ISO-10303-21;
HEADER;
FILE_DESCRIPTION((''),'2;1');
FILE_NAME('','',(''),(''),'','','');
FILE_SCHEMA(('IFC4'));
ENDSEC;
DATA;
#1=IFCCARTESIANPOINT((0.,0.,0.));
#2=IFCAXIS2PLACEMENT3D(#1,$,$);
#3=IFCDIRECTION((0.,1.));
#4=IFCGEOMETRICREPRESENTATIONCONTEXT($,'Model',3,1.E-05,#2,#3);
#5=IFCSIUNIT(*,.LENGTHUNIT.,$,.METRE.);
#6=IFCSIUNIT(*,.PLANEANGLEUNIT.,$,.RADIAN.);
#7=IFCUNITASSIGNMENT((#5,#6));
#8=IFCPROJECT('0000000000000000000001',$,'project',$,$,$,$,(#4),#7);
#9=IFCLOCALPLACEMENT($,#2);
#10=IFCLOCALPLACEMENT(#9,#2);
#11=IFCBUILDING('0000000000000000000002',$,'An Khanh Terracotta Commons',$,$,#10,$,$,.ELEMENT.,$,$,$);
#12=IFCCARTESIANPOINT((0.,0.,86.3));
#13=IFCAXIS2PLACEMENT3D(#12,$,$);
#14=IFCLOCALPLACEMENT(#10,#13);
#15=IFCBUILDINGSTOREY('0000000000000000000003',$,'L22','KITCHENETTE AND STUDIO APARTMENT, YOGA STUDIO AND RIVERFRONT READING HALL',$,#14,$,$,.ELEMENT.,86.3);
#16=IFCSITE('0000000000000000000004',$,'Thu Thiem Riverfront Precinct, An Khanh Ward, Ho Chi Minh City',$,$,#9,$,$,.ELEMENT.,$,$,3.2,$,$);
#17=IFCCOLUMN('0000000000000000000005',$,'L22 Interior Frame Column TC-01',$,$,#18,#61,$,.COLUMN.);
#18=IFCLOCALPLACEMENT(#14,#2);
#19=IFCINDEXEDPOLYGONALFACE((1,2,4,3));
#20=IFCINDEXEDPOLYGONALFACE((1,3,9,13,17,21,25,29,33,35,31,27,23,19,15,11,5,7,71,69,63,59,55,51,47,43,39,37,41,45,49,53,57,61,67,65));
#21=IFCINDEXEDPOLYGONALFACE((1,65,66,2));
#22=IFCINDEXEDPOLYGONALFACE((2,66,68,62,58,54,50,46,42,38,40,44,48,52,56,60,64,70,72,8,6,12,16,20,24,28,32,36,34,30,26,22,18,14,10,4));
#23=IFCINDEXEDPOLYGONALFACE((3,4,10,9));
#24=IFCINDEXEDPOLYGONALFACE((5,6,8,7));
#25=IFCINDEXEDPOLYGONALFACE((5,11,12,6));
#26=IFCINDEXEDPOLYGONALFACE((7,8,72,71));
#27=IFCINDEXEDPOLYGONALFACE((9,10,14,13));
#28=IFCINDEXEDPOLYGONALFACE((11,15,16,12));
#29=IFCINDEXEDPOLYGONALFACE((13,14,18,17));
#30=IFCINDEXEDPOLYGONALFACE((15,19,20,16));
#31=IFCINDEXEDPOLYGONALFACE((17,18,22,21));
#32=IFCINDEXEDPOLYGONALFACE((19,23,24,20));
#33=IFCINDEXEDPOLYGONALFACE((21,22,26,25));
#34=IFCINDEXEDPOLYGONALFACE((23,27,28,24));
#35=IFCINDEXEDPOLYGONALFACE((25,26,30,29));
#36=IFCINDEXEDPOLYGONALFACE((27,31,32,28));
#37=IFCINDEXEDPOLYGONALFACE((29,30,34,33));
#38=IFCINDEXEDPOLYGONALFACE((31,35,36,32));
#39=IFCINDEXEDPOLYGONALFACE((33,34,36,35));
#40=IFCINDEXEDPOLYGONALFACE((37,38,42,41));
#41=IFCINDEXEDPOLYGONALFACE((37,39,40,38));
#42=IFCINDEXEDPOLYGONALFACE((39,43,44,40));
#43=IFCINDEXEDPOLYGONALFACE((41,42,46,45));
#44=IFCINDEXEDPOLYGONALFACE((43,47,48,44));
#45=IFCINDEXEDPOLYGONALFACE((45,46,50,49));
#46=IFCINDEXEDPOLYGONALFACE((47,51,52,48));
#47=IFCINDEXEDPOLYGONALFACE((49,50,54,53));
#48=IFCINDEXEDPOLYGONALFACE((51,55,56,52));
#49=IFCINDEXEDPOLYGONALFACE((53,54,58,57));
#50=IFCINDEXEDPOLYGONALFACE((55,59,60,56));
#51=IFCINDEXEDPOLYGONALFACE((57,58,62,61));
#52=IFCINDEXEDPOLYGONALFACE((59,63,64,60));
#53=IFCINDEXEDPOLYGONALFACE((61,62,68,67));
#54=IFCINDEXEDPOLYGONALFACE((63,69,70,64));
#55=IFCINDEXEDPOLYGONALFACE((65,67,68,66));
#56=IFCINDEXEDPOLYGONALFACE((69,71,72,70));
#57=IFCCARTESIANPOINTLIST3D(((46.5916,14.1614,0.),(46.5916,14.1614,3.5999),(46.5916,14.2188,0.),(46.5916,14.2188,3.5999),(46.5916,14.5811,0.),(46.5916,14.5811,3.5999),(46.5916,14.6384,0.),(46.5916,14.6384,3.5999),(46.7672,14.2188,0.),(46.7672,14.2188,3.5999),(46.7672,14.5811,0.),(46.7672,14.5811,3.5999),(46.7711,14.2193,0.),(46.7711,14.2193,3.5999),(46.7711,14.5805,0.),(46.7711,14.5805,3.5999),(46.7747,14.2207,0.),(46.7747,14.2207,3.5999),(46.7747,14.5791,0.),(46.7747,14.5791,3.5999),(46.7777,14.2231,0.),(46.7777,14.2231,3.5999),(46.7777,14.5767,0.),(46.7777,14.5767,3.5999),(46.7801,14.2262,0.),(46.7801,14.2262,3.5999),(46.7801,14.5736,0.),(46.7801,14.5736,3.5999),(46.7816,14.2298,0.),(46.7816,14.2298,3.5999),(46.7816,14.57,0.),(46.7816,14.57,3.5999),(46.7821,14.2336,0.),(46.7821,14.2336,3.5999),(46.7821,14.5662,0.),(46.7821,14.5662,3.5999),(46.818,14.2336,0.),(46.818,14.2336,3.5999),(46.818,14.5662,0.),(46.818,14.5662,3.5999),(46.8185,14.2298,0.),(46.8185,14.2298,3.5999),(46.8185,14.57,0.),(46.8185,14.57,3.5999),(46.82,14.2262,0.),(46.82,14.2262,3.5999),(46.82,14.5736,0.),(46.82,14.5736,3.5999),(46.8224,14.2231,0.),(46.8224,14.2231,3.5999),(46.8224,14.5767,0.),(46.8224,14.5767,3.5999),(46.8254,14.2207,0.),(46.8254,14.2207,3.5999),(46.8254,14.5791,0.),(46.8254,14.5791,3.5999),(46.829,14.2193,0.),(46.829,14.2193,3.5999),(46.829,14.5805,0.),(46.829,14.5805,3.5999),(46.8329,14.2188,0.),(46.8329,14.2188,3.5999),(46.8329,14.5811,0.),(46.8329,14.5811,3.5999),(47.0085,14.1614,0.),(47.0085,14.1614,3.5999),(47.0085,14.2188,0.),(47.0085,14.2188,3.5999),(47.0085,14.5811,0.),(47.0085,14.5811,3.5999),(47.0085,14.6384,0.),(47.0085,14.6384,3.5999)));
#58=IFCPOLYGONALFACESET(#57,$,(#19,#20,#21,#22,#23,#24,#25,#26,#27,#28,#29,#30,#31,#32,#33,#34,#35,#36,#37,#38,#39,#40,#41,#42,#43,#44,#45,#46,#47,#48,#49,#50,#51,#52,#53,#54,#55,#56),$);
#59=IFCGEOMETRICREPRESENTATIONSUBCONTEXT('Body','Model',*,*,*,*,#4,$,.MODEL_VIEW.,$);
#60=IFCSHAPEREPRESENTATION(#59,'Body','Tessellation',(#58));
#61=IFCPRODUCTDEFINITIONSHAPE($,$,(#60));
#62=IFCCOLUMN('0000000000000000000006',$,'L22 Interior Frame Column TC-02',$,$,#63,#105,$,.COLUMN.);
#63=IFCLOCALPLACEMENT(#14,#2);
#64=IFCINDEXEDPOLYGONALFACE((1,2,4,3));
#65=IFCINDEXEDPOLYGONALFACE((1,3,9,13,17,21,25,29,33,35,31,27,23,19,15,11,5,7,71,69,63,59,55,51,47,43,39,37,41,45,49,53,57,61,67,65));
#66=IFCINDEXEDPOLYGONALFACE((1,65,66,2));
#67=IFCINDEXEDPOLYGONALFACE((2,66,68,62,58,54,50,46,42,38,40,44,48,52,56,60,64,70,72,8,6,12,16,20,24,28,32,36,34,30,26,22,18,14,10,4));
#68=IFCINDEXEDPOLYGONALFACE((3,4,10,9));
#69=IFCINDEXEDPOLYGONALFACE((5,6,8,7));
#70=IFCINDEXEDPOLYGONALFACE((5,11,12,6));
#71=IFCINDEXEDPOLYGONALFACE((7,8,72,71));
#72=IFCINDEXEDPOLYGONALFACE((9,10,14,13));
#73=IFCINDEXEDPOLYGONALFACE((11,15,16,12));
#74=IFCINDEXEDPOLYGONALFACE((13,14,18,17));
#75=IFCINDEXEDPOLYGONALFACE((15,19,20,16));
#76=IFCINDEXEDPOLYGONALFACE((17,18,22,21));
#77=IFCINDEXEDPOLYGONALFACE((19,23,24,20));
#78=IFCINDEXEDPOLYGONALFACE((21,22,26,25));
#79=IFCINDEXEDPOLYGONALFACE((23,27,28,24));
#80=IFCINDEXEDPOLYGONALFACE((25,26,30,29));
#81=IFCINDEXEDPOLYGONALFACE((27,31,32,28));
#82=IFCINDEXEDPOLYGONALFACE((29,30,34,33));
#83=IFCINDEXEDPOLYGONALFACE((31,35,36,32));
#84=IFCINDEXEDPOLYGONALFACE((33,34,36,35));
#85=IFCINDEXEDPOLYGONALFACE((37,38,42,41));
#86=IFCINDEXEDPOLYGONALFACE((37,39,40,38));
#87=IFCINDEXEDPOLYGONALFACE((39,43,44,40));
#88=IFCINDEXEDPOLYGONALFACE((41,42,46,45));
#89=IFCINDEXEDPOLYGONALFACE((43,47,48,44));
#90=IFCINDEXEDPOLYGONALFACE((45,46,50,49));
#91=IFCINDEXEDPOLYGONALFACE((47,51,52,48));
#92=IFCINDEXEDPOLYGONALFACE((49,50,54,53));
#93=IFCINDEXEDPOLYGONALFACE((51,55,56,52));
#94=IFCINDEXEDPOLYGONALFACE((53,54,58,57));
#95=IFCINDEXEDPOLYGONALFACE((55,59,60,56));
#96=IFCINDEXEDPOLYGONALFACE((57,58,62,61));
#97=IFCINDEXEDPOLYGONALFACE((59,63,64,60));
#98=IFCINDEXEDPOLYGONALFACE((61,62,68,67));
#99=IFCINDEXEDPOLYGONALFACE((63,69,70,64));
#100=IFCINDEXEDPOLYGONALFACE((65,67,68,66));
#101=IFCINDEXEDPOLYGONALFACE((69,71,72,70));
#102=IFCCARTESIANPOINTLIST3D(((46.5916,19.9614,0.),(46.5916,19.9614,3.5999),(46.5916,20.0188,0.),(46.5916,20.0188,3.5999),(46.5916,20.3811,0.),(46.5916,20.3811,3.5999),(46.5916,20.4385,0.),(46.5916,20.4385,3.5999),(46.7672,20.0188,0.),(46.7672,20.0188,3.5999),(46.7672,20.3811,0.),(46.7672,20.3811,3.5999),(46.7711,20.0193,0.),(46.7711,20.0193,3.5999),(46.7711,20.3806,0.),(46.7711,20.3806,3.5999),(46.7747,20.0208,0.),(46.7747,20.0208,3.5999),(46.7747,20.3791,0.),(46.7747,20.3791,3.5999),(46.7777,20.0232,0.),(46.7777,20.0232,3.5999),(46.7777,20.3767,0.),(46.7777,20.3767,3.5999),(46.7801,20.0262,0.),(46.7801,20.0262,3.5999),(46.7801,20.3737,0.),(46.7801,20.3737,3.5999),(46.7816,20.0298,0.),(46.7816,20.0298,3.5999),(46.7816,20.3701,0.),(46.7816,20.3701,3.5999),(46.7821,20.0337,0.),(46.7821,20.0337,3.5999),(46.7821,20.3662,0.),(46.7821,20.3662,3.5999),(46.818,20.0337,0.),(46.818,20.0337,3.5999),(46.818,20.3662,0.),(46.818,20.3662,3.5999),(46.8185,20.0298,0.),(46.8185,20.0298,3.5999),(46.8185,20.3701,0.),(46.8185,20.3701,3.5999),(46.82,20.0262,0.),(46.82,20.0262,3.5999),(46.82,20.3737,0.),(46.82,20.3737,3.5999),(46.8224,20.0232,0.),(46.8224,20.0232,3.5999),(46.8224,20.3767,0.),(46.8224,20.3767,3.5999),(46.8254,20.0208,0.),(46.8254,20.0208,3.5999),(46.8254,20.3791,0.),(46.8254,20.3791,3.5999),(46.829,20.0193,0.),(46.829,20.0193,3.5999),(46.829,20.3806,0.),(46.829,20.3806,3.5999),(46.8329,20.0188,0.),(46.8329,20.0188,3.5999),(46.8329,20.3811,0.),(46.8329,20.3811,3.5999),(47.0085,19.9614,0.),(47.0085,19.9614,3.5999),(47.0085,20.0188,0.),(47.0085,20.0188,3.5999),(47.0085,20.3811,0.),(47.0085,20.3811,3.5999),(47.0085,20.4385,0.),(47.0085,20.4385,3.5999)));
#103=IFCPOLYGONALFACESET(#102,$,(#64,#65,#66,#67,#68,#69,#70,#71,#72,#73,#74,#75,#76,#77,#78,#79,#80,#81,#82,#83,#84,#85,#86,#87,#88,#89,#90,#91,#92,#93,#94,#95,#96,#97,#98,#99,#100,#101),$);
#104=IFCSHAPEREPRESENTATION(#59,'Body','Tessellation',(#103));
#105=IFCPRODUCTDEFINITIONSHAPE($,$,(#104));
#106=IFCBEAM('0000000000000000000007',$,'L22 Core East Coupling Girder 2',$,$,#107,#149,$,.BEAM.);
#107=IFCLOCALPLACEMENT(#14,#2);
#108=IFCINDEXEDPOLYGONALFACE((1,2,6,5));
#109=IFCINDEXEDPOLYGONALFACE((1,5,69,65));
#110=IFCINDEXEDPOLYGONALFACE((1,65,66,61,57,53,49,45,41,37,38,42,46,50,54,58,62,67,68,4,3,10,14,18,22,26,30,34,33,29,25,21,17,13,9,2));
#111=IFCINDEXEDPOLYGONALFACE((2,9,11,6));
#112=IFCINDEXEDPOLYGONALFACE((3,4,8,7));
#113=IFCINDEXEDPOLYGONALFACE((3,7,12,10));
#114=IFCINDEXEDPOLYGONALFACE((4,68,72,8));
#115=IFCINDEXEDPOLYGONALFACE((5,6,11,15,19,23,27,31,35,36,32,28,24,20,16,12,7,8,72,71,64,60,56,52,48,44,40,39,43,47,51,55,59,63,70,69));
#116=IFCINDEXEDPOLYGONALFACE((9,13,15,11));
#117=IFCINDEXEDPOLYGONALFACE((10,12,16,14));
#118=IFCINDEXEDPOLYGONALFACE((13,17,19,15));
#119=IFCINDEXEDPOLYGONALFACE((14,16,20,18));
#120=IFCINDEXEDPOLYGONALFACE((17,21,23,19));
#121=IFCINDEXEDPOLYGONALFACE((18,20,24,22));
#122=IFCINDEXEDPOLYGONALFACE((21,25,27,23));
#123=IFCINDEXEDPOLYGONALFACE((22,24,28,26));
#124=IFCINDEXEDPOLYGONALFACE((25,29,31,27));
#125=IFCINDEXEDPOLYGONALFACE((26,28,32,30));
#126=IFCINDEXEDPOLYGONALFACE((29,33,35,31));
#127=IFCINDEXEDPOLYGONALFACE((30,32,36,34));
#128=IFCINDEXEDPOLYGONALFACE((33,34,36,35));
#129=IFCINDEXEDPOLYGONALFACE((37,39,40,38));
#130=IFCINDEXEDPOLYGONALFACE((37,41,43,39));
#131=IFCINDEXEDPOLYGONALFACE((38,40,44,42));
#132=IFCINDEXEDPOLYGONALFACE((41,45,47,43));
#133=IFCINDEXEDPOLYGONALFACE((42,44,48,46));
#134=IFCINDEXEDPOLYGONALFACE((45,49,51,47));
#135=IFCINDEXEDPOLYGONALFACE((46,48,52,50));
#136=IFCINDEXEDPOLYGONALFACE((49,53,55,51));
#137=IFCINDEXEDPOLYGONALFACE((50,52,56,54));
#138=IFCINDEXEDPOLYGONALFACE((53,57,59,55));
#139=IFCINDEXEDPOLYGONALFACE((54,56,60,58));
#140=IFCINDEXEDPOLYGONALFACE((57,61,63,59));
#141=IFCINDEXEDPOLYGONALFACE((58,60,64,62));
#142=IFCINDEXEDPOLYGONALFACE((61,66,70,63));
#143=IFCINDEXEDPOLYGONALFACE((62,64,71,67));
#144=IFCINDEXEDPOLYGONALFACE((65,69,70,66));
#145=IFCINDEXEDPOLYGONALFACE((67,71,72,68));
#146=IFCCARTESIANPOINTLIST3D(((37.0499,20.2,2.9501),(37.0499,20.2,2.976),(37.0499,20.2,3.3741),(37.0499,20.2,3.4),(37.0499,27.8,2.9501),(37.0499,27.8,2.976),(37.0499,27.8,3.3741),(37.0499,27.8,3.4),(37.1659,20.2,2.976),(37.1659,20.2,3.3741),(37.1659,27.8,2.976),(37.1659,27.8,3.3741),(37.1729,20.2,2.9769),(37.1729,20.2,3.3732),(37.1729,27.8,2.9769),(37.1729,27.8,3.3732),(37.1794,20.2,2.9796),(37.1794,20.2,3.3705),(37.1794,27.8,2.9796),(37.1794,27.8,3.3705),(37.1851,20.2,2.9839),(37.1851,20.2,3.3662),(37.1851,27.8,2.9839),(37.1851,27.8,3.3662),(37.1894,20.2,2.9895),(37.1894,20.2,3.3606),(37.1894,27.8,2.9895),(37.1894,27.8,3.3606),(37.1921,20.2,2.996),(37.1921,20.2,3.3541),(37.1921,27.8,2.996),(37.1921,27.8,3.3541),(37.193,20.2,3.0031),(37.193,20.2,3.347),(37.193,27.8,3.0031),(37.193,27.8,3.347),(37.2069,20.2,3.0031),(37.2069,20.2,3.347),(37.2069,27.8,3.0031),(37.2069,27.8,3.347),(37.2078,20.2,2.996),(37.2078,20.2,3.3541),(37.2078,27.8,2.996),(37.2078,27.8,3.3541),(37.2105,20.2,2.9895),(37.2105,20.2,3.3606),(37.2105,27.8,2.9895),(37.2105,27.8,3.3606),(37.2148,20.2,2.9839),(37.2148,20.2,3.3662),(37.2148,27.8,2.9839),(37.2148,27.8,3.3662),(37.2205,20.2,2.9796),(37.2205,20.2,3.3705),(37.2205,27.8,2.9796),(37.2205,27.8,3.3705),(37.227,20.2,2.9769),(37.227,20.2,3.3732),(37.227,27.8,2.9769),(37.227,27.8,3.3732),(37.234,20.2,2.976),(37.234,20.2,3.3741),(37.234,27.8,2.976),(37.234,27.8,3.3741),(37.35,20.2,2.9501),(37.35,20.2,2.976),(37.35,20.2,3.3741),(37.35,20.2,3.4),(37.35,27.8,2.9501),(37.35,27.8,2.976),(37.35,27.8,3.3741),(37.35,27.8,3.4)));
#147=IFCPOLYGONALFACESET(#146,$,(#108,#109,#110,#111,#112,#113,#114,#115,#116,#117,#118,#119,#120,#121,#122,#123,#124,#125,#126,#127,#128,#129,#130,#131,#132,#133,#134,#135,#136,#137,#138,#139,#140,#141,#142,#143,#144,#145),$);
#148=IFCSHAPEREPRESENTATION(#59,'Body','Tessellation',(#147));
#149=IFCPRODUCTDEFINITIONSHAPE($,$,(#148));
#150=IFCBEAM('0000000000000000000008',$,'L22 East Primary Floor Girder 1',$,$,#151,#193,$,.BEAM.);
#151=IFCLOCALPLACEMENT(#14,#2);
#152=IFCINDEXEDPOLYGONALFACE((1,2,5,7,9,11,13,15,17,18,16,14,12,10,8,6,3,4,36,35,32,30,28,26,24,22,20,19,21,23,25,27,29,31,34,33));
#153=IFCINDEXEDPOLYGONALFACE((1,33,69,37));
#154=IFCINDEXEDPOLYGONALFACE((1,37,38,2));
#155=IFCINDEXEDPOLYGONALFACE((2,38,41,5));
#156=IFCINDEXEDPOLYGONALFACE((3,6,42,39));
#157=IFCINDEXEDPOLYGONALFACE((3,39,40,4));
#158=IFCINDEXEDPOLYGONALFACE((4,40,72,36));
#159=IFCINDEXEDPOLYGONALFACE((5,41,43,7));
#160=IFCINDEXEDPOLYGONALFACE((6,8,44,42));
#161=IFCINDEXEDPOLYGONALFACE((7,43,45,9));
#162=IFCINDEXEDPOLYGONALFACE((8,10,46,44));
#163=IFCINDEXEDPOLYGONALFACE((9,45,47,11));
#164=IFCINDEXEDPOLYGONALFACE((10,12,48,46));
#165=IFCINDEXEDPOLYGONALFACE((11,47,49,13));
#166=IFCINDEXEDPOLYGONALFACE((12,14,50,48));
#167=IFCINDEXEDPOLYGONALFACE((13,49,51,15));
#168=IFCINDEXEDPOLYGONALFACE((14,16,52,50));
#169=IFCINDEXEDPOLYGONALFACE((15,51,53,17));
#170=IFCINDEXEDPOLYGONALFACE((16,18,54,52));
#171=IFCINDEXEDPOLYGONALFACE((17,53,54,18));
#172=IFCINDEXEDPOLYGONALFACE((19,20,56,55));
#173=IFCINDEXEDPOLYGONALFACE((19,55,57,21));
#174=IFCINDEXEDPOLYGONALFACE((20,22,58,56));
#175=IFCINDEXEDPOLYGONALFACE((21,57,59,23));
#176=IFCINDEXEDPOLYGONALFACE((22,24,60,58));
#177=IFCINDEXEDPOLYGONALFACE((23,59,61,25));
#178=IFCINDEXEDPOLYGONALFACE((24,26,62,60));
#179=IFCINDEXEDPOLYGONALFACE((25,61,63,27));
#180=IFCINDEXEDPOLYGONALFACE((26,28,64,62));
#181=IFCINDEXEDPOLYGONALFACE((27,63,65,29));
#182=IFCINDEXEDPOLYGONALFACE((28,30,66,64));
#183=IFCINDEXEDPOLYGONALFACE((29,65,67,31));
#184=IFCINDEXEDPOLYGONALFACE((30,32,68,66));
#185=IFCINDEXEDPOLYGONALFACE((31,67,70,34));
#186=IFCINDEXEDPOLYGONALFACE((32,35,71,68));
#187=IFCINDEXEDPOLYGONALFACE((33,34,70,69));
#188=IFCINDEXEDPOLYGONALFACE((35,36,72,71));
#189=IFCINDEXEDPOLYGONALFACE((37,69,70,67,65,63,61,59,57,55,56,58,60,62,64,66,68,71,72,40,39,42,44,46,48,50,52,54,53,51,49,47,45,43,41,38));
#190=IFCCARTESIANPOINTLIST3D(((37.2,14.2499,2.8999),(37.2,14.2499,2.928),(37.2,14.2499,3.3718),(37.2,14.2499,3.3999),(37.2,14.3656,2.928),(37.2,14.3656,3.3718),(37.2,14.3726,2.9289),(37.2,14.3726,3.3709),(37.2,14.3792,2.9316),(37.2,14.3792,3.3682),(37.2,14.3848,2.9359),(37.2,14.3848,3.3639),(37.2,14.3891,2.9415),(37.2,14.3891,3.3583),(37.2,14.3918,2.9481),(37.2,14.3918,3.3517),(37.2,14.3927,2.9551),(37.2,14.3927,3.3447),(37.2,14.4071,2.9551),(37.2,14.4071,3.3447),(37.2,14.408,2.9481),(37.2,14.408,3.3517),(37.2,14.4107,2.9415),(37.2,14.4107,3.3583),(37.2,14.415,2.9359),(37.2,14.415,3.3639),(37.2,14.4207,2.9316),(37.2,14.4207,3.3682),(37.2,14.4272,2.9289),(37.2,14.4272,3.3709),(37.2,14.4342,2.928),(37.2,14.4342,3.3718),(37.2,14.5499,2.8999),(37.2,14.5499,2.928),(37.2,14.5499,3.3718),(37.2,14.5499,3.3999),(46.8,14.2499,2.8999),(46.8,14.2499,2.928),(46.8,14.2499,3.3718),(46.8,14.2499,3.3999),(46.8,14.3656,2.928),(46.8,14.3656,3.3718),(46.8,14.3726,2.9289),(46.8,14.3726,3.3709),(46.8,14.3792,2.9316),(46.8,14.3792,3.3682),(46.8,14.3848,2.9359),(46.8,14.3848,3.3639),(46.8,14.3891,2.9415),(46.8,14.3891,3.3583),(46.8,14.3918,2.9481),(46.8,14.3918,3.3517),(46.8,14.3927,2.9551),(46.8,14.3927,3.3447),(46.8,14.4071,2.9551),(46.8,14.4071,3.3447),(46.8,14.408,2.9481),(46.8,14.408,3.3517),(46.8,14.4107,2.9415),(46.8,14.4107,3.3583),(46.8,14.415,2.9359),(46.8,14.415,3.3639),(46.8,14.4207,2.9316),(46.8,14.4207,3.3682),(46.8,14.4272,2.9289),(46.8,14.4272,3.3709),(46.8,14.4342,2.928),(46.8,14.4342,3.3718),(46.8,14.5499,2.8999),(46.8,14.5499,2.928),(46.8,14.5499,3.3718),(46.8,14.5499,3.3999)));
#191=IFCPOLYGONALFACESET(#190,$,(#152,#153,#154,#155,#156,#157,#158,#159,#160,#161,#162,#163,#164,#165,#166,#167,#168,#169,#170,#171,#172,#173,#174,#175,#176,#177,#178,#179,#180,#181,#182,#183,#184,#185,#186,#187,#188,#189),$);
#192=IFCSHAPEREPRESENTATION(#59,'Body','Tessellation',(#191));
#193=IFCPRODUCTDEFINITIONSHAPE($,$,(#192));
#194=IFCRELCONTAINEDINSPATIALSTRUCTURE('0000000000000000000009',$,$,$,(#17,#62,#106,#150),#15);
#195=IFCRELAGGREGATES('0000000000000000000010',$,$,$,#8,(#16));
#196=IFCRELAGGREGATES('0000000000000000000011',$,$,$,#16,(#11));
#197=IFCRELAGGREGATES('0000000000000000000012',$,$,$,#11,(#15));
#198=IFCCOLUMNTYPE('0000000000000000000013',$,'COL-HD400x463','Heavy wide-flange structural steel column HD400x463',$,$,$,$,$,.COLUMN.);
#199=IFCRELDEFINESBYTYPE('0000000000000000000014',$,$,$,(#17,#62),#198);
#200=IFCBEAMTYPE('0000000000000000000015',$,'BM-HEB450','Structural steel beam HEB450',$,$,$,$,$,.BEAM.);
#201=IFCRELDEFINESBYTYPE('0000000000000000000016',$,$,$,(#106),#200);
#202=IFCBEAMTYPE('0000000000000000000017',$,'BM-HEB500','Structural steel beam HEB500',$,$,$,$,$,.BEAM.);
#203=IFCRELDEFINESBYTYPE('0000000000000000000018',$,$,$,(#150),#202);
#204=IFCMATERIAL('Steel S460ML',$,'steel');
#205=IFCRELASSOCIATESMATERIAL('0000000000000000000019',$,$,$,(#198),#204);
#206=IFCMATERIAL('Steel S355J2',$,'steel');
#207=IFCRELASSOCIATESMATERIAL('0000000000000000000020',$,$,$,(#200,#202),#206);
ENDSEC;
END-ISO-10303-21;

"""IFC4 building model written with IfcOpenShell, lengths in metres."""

from ifc_helpers import new_model, si_unit, direction, frame, origin, origin_2d, place, context, subcontext, project, spatial, i_section, extrude, material, material_profile, profile_set, type_object, element, save


model = new_model("IFC4")

# Units and contexts
model_context = context("Model", 3, precision=1e-05, world=origin(), true_north=direction((0.0, 1.0)))
body_context = subcontext(model_context, "Body", "Model", "MODEL_VIEW")
ifc_project = project(units=[si_unit("LENGTHUNIT", "METRE"), si_unit("PLANEANGLEUNIT", "RADIAN")], contexts=[model_context])

# Site, building, storey
site_placement = place(None, origin())
site = spatial("IfcSite", under=ifc_project, at=site_placement, Name="Thu Thiem Riverfront Precinct, An Khanh Ward, Ho Chi Minh City", CompositionType="ELEMENT", RefElevation=3.2)
building_placement = place(site_placement, origin())
building = spatial("IfcBuilding", under=site, at=building_placement, Name="An Khanh Terracotta Commons", CompositionType="ELEMENT")
storey_placement = place(building_placement, frame((0.0, 0.0, 86.3)))
storey = spatial("IfcBuildingStorey", under=building, at=storey_placement, Name="L22", Description="KITCHENETTE AND STUDIO APARTMENT, YOGA STUDIO AND RIVERFRONT READING HALL", CompositionType="ELEMENT", Elevation=86.3)

# Columns
ifc_material_1 = material(Name="Steel S460ML", Category="steel")
ifc_material_profile_1 = material_profile(ifc_material_1, i_section(OverallWidth=0.417, OverallDepth=0.4771, WebThickness=0.0359, FlangeThickness=0.0574, FilletRadius=0.0149, at=origin_2d()), Name="HD400x463")
ifc_profile_set_1 = profile_set([ifc_material_profile_1], Name="Steel S460ML")
column_type = type_object("IfcColumnType", Name="COL-HD400x463", Description="Heavy wide-flange structural steel column HD400x463", PredefinedType="COLUMN", material=ifc_profile_set_1)
for number, where, z_axis, x_axis, name in (
    (1, (46.8, 14.3999, 0.0), (0.0, 0.0, 1.0), (1.0, 0.0, 0.0), "L22 Interior Frame Column TC-01"),
    (2, (46.8, 20.2, 0.0), (0.0, 0.0, 1.0), (1.0, 0.0, 0.0), "L22 Interior Frame Column TC-02"),
):
    element("IfcColumn", number, at=place(storey_placement, frame(where, z_axis=z_axis, x_axis=x_axis)), inside=storey, type_object=column_type, Name=name, PredefinedType="COLUMN", context=body_context, shape_type="SweptSolid", body=[
        extrude(i_section(OverallWidth=0.417, OverallDepth=0.4771, WebThickness=0.0359, FlangeThickness=0.0574, FilletRadius=0.0149, at=origin_2d()), origin(), (0.0, 0.0, 1.0), 3.5999),
    ])

# Beams
ifc_material_2 = material(Name="Steel S355J2", Category="steel")
ifc_material_profile_2 = material_profile(ifc_material_2, i_section(OverallWidth=0.3, OverallDepth=0.45, WebThickness=0.0139, FlangeThickness=0.0259, FilletRadius=0.0271, at=origin_2d()), Name="HEB450")
ifc_profile_set_2 = profile_set([ifc_material_profile_2], Name="Steel S355J2")
beam_type_1 = type_object("IfcBeamType", Name="BM-HEB450", Description="Structural steel beam HEB450", PredefinedType="BEAM", material=ifc_profile_set_2)
beam_1_placement = place(storey_placement, frame((37.2, 20.2, 3.175), z_axis=(0.0, 1.0, 0.0), x_axis=(-1.0, 0.0, 0.0)))
element("IfcBeam", 3, at=beam_1_placement, inside=storey, type_object=beam_type_1, Name="L22 Core East Coupling Girder 2", PredefinedType="BEAM", context=body_context, shape_type="SweptSolid", body=[
    extrude(i_section(OverallWidth=0.3, OverallDepth=0.45, WebThickness=0.0139, FlangeThickness=0.0259, FilletRadius=0.0271, at=origin_2d()), origin(), (0.0, 0.0, 1.0), 7.6001),
])
ifc_material_profile_3 = material_profile(ifc_material_2, i_section(OverallWidth=0.3, OverallDepth=0.5, WebThickness=0.0144, FlangeThickness=0.0281, FilletRadius=0.0271, at=origin_2d()), Name="HEB500")
ifc_profile_set_3 = profile_set([ifc_material_profile_3], Name="Steel S355J2")
beam_type_2 = type_object("IfcBeamType", Name="BM-HEB500", Description="Structural steel beam HEB500", PredefinedType="BEAM", material=ifc_profile_set_3)
for number, where, z_axis, x_axis, name in (
    (4, (37.2, 14.3999, 3.1499), (1.0, 0.0, 0.0), (0.0, 1.0, 0.0), "L22 East Primary Floor Girder 1"),
):
    element("IfcBeam", number, at=place(storey_placement, frame(where, z_axis=z_axis, x_axis=x_axis)), inside=storey, type_object=beam_type_2, Name=name, PredefinedType="BEAM", context=body_context, shape_type="SweptSolid", body=[
        extrude(i_section(OverallWidth=0.3, OverallDepth=0.5, WebThickness=0.0144, FlangeThickness=0.0281, FilletRadius=0.0271, at=origin_2d()), origin(), (0.0, 0.0, 1.0), 9.6001),
    ])

save(model, "model.ifc")
